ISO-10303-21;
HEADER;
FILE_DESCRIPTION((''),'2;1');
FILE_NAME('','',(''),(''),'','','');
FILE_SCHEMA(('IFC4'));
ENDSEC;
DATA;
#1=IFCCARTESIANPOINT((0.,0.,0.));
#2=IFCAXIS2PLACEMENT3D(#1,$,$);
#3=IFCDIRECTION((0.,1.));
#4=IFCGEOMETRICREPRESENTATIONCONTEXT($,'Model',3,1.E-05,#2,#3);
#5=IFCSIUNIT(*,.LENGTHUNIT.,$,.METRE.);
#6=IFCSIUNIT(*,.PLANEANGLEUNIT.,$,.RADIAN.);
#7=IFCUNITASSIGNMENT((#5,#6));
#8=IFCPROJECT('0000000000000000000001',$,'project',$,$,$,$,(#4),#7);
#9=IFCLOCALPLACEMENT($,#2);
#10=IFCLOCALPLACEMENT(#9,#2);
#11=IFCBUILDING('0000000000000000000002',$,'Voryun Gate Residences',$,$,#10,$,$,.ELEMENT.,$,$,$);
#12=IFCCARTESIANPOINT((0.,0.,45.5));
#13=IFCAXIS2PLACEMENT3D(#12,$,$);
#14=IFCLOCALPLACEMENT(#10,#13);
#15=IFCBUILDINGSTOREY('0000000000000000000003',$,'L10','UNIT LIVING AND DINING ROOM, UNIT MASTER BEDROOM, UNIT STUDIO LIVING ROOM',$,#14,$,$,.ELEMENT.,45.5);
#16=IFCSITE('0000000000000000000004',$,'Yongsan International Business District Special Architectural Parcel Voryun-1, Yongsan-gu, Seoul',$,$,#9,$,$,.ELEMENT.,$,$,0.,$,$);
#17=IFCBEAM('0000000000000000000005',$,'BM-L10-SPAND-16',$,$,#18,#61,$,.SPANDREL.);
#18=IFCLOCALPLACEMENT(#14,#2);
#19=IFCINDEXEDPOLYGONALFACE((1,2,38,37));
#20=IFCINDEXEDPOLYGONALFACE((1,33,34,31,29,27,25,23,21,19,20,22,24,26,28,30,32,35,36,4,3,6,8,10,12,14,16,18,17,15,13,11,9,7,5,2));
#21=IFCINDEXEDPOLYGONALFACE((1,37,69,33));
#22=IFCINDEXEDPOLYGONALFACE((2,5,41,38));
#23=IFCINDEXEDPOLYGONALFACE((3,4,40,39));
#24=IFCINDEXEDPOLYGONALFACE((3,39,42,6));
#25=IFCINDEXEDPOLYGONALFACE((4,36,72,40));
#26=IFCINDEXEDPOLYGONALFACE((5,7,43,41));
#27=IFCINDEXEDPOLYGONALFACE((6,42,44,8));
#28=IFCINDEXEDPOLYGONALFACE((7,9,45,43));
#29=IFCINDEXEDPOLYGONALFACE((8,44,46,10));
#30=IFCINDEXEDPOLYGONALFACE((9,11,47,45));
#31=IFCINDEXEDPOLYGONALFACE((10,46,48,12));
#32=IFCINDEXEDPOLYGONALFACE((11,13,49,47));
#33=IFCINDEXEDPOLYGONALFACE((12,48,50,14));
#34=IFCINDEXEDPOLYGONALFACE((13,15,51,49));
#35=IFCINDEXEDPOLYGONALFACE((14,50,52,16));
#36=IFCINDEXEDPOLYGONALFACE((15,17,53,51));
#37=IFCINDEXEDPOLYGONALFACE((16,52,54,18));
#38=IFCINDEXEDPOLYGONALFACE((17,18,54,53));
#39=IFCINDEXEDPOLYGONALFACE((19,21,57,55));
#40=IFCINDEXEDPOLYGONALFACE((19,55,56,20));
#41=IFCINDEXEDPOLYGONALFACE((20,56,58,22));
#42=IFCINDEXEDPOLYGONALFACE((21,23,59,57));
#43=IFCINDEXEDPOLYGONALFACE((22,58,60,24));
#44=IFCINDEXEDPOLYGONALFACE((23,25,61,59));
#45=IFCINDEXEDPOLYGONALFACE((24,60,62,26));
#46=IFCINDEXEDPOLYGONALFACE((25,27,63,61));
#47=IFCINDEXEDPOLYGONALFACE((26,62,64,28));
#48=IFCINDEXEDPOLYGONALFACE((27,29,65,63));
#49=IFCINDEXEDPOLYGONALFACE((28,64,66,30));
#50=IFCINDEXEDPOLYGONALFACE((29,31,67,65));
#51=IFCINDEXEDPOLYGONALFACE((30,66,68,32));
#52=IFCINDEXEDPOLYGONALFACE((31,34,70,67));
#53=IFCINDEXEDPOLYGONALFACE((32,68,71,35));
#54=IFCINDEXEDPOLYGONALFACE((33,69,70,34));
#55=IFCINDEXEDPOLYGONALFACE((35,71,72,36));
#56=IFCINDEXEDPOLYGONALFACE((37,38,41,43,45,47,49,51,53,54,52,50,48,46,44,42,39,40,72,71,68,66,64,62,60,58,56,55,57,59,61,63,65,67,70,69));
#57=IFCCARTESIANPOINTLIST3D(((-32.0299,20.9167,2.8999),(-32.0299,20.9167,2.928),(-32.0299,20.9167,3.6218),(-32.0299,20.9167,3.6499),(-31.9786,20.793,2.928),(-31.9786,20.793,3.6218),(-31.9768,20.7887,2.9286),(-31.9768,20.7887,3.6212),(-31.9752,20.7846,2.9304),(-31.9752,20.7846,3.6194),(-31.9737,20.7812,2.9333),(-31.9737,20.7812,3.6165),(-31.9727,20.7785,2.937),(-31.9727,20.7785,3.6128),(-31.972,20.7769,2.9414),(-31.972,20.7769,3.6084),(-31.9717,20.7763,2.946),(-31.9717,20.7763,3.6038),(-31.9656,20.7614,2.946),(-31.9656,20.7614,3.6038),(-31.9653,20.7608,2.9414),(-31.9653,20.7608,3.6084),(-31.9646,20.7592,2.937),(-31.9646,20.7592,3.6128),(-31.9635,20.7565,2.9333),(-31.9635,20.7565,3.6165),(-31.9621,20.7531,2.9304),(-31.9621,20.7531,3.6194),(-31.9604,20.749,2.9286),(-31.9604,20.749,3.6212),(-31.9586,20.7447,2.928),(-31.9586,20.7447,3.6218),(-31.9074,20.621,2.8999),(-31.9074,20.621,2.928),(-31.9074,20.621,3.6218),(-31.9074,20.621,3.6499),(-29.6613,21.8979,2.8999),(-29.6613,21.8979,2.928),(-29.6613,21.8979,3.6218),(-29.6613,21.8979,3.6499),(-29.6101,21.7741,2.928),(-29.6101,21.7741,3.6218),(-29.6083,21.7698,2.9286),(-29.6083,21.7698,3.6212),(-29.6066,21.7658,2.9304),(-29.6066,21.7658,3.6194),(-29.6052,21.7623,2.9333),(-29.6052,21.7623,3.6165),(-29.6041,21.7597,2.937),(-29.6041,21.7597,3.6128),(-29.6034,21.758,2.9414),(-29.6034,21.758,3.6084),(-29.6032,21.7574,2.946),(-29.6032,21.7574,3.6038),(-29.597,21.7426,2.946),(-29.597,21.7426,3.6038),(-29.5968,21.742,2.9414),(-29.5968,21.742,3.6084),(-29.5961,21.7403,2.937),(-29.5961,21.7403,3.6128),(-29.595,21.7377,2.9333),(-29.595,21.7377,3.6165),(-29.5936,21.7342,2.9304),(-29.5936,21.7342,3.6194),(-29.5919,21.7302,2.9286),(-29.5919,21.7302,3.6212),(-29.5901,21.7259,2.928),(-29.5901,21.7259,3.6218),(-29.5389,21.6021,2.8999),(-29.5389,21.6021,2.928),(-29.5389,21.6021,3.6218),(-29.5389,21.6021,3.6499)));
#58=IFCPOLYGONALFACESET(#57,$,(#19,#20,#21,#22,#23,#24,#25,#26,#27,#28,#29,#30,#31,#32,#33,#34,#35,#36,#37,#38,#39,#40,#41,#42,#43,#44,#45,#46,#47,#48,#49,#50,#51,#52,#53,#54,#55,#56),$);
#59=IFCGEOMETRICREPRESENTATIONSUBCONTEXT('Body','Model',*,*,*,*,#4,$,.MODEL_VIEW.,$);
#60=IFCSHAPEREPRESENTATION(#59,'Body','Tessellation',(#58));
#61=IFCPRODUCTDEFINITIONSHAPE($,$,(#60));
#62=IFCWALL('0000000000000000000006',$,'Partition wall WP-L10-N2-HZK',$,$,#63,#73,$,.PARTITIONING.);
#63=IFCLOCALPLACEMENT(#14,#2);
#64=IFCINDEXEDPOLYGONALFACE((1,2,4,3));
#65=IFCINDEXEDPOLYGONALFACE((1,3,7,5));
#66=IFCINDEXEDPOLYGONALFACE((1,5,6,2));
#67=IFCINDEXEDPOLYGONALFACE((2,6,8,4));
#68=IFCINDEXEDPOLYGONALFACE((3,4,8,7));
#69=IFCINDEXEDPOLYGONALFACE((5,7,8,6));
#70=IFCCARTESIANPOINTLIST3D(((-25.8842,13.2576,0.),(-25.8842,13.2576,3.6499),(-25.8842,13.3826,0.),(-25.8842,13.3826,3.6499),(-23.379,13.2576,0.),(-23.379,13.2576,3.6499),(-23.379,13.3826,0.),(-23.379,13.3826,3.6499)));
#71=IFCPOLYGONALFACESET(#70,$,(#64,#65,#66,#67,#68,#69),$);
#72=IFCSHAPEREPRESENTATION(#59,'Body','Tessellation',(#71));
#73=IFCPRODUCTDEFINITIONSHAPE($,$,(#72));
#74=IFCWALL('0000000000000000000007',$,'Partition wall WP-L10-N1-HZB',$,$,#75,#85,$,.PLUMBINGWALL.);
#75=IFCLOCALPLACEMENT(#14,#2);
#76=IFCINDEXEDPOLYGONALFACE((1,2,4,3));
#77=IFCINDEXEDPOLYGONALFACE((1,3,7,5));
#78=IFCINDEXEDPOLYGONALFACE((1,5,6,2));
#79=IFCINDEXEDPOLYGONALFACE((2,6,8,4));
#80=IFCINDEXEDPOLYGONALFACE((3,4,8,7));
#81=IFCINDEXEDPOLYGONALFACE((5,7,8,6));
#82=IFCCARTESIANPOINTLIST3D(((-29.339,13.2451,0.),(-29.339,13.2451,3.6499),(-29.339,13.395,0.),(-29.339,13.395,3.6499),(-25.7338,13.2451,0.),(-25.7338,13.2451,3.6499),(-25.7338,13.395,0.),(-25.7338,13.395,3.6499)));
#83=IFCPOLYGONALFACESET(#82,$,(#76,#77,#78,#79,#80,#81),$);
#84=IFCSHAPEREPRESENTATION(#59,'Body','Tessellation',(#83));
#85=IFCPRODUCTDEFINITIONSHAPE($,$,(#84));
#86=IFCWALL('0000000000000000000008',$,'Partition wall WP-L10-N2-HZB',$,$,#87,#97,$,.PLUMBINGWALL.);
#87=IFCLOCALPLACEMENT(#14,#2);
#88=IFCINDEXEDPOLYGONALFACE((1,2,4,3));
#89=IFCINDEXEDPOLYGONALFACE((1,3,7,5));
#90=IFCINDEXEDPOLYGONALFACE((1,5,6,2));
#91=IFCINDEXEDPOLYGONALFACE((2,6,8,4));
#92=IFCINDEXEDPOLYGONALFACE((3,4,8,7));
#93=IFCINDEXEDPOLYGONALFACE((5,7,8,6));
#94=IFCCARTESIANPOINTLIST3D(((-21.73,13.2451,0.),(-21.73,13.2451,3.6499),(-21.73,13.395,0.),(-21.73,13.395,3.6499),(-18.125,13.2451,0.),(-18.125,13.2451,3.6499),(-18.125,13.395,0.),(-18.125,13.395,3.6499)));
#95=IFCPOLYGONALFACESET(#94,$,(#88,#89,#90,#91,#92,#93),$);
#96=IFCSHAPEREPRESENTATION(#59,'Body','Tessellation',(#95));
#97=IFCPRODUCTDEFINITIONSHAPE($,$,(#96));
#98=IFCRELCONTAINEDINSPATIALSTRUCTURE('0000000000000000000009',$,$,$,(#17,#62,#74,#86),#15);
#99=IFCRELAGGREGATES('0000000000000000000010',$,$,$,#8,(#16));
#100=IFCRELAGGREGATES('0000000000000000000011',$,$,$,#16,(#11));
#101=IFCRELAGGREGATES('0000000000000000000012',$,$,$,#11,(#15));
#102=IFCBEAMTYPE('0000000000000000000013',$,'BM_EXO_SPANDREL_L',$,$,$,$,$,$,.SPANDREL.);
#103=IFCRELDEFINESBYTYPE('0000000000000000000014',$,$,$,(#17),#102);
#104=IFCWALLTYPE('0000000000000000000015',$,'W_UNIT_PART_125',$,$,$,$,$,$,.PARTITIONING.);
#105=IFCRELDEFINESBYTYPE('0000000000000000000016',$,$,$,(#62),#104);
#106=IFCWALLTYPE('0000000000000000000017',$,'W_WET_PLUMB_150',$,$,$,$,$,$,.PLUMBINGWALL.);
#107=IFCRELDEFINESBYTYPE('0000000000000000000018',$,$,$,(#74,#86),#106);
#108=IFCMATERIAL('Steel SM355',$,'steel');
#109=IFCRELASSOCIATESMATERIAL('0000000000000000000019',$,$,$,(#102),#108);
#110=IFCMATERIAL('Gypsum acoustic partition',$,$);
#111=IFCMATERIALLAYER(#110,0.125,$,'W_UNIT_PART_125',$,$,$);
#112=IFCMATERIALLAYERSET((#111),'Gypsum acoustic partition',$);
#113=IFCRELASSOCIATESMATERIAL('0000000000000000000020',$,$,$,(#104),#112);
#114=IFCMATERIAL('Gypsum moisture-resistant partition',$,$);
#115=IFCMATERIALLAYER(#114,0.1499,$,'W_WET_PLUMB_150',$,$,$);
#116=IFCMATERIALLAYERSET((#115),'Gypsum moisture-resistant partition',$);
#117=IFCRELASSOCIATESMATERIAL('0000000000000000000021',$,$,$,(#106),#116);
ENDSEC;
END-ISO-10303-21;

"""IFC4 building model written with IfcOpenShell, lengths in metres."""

from ifc_helpers import new_model, si_unit, direction, frame, frame_2d, origin, origin_2d, place, context, subcontext, project, spatial, rectangle, i_section, extrude, material, layer, layer_set, material_profile, profile_set, type_object, element, save


model = new_model("IFC4")

# Units and contexts
model_context = context("Model", 3, precision=1e-05, world=origin(), true_north=direction((0.0, 1.0)))
body_context = subcontext(model_context, "Body", "Model", "MODEL_VIEW")
ifc_project = project(units=[si_unit("LENGTHUNIT", "METRE"), si_unit("PLANEANGLEUNIT", "RADIAN")], contexts=[model_context])

# Site, building, storey
site_placement = place(None, origin())
site = spatial("IfcSite", under=ifc_project, at=site_placement, Name="Yongsan International Business District Special Architectural Parcel Voryun-1, Yongsan-gu, Seoul", CompositionType="ELEMENT", RefElevation=0.0)
building_placement = place(site_placement, origin())
building = spatial("IfcBuilding", under=site, at=building_placement, Name="Voryun Gate Residences", CompositionType="ELEMENT")
storey_placement = place(building_placement, frame((0.0, 0.0, 45.5)))
storey = spatial("IfcBuildingStorey", under=building, at=storey_placement, Name="L10", Description="UNIT LIVING AND DINING ROOM, UNIT MASTER BEDROOM, UNIT STUDIO LIVING ROOM", CompositionType="ELEMENT", Elevation=45.5)

# Beam
ifc_material_1 = material(Name="Steel SM355", Category="steel")
ifc_material_profile = material_profile(ifc_material_1, i_section(OverallWidth=0.3201, OverallDepth=0.75, WebThickness=0.0161, FlangeThickness=0.0281, FilletRadius=0.0181, at=origin_2d()), Name="H-750x320x16x28")
ifc_profile_set = profile_set([ifc_material_profile], Name="Steel SM355")
beam_type = type_object("IfcBeamType", Name="BM_EXO_SPANDREL_L", PredefinedType="SPANDREL", material=ifc_profile_set)
beam_placement = place(storey_placement, frame((-29.6001, 21.75, 3.2749), z_axis=(-0.923869, -0.382708, 0.0), x_axis=(0.382708, -0.923869, 0.0)))
element("IfcBeam", 1, at=beam_placement, inside=storey, type_object=beam_type, Name="BM-L10-SPAND-16", PredefinedType="SPANDREL", context=body_context, shape_type="SweptSolid", body=[
    extrude(i_section(OverallWidth=0.3201, OverallDepth=0.75, WebThickness=0.0161, FlangeThickness=0.0281, FilletRadius=0.0181, at=origin_2d()), origin(), (0.0, 0.0, 1.0), 2.5637),
])

# Walls
ifc_material_2 = material(Name="Gypsum acoustic partition")
ifc_layer_1 = layer(ifc_material_2, 0.125, Name="W_UNIT_PART_125")
ifc_layer_set_1 = layer_set([ifc_layer_1], Name="Gypsum acoustic partition")
wall_type_1 = type_object("IfcWallType", Name="W_UNIT_PART_125", PredefinedType="PARTITIONING", material=ifc_layer_set_1)
wall_1_placement = place(storey_placement, frame((-25.884, 13.3201, 0.0), z_axis=(0.0, 0.0, 1.0), x_axis=(1.0, 0.0, 0.0)))
element("IfcWall", 2, at=wall_1_placement, inside=storey, type_object=wall_type_1, Name="Partition wall WP-L10-N2-HZK", PredefinedType="PARTITIONING", context=body_context, shape_type="SweptSolid", body=[
    extrude(rectangle(XDim=2.5051, YDim=0.125, at=frame_2d((1.2524, 0.0))), origin(), (0.0, 0.0, 1.0), 3.6499),
])
ifc_material_3 = material(Name="Gypsum moisture-resistant partition")
ifc_layer_2 = layer(ifc_material_3, 0.1499, Name="W_WET_PLUMB_150")
ifc_layer_set_2 = layer_set([ifc_layer_2], Name="Gypsum moisture-resistant partition")
wall_type_2 = type_object("IfcWallType", Name="W_WET_PLUMB_150", PredefinedType="PLUMBINGWALL", material=ifc_layer_set_2)
wall_2_placement = place(storey_placement, frame((-29.3391, 13.3201, 0.0), z_axis=(0.0, 0.0, 1.0), x_axis=(1.0, 0.0, 0.0)))
element("IfcWall", 3, at=wall_2_placement, inside=storey, type_object=wall_type_2, Name="Partition wall WP-L10-N1-HZB", PredefinedType="PLUMBINGWALL", context=body_context, shape_type="SweptSolid", body=[
    extrude(rectangle(XDim=3.6052, YDim=0.1499, at=frame_2d((1.8027, 0.0))), origin(), (0.0, 0.0, 1.0), 3.6499),
])
wall_3_placement = place(storey_placement, frame((-21.73, 13.3201, 0.0), z_axis=(0.0, 0.0, 1.0), x_axis=(1.0, 0.0, 0.0)))
element("IfcWall", 4, at=wall_3_placement, inside=storey, type_object=wall_type_2, Name="Partition wall WP-L10-N2-HZB", PredefinedType="PLUMBINGWALL", context=body_context, shape_type="SweptSolid", body=[
    extrude(rectangle(XDim=3.605, YDim=0.1499, at=frame_2d((1.8025, 0.0))), origin(), (0.0, 0.0, 1.0), 3.6499),
])

save(model, "model.ifc")
